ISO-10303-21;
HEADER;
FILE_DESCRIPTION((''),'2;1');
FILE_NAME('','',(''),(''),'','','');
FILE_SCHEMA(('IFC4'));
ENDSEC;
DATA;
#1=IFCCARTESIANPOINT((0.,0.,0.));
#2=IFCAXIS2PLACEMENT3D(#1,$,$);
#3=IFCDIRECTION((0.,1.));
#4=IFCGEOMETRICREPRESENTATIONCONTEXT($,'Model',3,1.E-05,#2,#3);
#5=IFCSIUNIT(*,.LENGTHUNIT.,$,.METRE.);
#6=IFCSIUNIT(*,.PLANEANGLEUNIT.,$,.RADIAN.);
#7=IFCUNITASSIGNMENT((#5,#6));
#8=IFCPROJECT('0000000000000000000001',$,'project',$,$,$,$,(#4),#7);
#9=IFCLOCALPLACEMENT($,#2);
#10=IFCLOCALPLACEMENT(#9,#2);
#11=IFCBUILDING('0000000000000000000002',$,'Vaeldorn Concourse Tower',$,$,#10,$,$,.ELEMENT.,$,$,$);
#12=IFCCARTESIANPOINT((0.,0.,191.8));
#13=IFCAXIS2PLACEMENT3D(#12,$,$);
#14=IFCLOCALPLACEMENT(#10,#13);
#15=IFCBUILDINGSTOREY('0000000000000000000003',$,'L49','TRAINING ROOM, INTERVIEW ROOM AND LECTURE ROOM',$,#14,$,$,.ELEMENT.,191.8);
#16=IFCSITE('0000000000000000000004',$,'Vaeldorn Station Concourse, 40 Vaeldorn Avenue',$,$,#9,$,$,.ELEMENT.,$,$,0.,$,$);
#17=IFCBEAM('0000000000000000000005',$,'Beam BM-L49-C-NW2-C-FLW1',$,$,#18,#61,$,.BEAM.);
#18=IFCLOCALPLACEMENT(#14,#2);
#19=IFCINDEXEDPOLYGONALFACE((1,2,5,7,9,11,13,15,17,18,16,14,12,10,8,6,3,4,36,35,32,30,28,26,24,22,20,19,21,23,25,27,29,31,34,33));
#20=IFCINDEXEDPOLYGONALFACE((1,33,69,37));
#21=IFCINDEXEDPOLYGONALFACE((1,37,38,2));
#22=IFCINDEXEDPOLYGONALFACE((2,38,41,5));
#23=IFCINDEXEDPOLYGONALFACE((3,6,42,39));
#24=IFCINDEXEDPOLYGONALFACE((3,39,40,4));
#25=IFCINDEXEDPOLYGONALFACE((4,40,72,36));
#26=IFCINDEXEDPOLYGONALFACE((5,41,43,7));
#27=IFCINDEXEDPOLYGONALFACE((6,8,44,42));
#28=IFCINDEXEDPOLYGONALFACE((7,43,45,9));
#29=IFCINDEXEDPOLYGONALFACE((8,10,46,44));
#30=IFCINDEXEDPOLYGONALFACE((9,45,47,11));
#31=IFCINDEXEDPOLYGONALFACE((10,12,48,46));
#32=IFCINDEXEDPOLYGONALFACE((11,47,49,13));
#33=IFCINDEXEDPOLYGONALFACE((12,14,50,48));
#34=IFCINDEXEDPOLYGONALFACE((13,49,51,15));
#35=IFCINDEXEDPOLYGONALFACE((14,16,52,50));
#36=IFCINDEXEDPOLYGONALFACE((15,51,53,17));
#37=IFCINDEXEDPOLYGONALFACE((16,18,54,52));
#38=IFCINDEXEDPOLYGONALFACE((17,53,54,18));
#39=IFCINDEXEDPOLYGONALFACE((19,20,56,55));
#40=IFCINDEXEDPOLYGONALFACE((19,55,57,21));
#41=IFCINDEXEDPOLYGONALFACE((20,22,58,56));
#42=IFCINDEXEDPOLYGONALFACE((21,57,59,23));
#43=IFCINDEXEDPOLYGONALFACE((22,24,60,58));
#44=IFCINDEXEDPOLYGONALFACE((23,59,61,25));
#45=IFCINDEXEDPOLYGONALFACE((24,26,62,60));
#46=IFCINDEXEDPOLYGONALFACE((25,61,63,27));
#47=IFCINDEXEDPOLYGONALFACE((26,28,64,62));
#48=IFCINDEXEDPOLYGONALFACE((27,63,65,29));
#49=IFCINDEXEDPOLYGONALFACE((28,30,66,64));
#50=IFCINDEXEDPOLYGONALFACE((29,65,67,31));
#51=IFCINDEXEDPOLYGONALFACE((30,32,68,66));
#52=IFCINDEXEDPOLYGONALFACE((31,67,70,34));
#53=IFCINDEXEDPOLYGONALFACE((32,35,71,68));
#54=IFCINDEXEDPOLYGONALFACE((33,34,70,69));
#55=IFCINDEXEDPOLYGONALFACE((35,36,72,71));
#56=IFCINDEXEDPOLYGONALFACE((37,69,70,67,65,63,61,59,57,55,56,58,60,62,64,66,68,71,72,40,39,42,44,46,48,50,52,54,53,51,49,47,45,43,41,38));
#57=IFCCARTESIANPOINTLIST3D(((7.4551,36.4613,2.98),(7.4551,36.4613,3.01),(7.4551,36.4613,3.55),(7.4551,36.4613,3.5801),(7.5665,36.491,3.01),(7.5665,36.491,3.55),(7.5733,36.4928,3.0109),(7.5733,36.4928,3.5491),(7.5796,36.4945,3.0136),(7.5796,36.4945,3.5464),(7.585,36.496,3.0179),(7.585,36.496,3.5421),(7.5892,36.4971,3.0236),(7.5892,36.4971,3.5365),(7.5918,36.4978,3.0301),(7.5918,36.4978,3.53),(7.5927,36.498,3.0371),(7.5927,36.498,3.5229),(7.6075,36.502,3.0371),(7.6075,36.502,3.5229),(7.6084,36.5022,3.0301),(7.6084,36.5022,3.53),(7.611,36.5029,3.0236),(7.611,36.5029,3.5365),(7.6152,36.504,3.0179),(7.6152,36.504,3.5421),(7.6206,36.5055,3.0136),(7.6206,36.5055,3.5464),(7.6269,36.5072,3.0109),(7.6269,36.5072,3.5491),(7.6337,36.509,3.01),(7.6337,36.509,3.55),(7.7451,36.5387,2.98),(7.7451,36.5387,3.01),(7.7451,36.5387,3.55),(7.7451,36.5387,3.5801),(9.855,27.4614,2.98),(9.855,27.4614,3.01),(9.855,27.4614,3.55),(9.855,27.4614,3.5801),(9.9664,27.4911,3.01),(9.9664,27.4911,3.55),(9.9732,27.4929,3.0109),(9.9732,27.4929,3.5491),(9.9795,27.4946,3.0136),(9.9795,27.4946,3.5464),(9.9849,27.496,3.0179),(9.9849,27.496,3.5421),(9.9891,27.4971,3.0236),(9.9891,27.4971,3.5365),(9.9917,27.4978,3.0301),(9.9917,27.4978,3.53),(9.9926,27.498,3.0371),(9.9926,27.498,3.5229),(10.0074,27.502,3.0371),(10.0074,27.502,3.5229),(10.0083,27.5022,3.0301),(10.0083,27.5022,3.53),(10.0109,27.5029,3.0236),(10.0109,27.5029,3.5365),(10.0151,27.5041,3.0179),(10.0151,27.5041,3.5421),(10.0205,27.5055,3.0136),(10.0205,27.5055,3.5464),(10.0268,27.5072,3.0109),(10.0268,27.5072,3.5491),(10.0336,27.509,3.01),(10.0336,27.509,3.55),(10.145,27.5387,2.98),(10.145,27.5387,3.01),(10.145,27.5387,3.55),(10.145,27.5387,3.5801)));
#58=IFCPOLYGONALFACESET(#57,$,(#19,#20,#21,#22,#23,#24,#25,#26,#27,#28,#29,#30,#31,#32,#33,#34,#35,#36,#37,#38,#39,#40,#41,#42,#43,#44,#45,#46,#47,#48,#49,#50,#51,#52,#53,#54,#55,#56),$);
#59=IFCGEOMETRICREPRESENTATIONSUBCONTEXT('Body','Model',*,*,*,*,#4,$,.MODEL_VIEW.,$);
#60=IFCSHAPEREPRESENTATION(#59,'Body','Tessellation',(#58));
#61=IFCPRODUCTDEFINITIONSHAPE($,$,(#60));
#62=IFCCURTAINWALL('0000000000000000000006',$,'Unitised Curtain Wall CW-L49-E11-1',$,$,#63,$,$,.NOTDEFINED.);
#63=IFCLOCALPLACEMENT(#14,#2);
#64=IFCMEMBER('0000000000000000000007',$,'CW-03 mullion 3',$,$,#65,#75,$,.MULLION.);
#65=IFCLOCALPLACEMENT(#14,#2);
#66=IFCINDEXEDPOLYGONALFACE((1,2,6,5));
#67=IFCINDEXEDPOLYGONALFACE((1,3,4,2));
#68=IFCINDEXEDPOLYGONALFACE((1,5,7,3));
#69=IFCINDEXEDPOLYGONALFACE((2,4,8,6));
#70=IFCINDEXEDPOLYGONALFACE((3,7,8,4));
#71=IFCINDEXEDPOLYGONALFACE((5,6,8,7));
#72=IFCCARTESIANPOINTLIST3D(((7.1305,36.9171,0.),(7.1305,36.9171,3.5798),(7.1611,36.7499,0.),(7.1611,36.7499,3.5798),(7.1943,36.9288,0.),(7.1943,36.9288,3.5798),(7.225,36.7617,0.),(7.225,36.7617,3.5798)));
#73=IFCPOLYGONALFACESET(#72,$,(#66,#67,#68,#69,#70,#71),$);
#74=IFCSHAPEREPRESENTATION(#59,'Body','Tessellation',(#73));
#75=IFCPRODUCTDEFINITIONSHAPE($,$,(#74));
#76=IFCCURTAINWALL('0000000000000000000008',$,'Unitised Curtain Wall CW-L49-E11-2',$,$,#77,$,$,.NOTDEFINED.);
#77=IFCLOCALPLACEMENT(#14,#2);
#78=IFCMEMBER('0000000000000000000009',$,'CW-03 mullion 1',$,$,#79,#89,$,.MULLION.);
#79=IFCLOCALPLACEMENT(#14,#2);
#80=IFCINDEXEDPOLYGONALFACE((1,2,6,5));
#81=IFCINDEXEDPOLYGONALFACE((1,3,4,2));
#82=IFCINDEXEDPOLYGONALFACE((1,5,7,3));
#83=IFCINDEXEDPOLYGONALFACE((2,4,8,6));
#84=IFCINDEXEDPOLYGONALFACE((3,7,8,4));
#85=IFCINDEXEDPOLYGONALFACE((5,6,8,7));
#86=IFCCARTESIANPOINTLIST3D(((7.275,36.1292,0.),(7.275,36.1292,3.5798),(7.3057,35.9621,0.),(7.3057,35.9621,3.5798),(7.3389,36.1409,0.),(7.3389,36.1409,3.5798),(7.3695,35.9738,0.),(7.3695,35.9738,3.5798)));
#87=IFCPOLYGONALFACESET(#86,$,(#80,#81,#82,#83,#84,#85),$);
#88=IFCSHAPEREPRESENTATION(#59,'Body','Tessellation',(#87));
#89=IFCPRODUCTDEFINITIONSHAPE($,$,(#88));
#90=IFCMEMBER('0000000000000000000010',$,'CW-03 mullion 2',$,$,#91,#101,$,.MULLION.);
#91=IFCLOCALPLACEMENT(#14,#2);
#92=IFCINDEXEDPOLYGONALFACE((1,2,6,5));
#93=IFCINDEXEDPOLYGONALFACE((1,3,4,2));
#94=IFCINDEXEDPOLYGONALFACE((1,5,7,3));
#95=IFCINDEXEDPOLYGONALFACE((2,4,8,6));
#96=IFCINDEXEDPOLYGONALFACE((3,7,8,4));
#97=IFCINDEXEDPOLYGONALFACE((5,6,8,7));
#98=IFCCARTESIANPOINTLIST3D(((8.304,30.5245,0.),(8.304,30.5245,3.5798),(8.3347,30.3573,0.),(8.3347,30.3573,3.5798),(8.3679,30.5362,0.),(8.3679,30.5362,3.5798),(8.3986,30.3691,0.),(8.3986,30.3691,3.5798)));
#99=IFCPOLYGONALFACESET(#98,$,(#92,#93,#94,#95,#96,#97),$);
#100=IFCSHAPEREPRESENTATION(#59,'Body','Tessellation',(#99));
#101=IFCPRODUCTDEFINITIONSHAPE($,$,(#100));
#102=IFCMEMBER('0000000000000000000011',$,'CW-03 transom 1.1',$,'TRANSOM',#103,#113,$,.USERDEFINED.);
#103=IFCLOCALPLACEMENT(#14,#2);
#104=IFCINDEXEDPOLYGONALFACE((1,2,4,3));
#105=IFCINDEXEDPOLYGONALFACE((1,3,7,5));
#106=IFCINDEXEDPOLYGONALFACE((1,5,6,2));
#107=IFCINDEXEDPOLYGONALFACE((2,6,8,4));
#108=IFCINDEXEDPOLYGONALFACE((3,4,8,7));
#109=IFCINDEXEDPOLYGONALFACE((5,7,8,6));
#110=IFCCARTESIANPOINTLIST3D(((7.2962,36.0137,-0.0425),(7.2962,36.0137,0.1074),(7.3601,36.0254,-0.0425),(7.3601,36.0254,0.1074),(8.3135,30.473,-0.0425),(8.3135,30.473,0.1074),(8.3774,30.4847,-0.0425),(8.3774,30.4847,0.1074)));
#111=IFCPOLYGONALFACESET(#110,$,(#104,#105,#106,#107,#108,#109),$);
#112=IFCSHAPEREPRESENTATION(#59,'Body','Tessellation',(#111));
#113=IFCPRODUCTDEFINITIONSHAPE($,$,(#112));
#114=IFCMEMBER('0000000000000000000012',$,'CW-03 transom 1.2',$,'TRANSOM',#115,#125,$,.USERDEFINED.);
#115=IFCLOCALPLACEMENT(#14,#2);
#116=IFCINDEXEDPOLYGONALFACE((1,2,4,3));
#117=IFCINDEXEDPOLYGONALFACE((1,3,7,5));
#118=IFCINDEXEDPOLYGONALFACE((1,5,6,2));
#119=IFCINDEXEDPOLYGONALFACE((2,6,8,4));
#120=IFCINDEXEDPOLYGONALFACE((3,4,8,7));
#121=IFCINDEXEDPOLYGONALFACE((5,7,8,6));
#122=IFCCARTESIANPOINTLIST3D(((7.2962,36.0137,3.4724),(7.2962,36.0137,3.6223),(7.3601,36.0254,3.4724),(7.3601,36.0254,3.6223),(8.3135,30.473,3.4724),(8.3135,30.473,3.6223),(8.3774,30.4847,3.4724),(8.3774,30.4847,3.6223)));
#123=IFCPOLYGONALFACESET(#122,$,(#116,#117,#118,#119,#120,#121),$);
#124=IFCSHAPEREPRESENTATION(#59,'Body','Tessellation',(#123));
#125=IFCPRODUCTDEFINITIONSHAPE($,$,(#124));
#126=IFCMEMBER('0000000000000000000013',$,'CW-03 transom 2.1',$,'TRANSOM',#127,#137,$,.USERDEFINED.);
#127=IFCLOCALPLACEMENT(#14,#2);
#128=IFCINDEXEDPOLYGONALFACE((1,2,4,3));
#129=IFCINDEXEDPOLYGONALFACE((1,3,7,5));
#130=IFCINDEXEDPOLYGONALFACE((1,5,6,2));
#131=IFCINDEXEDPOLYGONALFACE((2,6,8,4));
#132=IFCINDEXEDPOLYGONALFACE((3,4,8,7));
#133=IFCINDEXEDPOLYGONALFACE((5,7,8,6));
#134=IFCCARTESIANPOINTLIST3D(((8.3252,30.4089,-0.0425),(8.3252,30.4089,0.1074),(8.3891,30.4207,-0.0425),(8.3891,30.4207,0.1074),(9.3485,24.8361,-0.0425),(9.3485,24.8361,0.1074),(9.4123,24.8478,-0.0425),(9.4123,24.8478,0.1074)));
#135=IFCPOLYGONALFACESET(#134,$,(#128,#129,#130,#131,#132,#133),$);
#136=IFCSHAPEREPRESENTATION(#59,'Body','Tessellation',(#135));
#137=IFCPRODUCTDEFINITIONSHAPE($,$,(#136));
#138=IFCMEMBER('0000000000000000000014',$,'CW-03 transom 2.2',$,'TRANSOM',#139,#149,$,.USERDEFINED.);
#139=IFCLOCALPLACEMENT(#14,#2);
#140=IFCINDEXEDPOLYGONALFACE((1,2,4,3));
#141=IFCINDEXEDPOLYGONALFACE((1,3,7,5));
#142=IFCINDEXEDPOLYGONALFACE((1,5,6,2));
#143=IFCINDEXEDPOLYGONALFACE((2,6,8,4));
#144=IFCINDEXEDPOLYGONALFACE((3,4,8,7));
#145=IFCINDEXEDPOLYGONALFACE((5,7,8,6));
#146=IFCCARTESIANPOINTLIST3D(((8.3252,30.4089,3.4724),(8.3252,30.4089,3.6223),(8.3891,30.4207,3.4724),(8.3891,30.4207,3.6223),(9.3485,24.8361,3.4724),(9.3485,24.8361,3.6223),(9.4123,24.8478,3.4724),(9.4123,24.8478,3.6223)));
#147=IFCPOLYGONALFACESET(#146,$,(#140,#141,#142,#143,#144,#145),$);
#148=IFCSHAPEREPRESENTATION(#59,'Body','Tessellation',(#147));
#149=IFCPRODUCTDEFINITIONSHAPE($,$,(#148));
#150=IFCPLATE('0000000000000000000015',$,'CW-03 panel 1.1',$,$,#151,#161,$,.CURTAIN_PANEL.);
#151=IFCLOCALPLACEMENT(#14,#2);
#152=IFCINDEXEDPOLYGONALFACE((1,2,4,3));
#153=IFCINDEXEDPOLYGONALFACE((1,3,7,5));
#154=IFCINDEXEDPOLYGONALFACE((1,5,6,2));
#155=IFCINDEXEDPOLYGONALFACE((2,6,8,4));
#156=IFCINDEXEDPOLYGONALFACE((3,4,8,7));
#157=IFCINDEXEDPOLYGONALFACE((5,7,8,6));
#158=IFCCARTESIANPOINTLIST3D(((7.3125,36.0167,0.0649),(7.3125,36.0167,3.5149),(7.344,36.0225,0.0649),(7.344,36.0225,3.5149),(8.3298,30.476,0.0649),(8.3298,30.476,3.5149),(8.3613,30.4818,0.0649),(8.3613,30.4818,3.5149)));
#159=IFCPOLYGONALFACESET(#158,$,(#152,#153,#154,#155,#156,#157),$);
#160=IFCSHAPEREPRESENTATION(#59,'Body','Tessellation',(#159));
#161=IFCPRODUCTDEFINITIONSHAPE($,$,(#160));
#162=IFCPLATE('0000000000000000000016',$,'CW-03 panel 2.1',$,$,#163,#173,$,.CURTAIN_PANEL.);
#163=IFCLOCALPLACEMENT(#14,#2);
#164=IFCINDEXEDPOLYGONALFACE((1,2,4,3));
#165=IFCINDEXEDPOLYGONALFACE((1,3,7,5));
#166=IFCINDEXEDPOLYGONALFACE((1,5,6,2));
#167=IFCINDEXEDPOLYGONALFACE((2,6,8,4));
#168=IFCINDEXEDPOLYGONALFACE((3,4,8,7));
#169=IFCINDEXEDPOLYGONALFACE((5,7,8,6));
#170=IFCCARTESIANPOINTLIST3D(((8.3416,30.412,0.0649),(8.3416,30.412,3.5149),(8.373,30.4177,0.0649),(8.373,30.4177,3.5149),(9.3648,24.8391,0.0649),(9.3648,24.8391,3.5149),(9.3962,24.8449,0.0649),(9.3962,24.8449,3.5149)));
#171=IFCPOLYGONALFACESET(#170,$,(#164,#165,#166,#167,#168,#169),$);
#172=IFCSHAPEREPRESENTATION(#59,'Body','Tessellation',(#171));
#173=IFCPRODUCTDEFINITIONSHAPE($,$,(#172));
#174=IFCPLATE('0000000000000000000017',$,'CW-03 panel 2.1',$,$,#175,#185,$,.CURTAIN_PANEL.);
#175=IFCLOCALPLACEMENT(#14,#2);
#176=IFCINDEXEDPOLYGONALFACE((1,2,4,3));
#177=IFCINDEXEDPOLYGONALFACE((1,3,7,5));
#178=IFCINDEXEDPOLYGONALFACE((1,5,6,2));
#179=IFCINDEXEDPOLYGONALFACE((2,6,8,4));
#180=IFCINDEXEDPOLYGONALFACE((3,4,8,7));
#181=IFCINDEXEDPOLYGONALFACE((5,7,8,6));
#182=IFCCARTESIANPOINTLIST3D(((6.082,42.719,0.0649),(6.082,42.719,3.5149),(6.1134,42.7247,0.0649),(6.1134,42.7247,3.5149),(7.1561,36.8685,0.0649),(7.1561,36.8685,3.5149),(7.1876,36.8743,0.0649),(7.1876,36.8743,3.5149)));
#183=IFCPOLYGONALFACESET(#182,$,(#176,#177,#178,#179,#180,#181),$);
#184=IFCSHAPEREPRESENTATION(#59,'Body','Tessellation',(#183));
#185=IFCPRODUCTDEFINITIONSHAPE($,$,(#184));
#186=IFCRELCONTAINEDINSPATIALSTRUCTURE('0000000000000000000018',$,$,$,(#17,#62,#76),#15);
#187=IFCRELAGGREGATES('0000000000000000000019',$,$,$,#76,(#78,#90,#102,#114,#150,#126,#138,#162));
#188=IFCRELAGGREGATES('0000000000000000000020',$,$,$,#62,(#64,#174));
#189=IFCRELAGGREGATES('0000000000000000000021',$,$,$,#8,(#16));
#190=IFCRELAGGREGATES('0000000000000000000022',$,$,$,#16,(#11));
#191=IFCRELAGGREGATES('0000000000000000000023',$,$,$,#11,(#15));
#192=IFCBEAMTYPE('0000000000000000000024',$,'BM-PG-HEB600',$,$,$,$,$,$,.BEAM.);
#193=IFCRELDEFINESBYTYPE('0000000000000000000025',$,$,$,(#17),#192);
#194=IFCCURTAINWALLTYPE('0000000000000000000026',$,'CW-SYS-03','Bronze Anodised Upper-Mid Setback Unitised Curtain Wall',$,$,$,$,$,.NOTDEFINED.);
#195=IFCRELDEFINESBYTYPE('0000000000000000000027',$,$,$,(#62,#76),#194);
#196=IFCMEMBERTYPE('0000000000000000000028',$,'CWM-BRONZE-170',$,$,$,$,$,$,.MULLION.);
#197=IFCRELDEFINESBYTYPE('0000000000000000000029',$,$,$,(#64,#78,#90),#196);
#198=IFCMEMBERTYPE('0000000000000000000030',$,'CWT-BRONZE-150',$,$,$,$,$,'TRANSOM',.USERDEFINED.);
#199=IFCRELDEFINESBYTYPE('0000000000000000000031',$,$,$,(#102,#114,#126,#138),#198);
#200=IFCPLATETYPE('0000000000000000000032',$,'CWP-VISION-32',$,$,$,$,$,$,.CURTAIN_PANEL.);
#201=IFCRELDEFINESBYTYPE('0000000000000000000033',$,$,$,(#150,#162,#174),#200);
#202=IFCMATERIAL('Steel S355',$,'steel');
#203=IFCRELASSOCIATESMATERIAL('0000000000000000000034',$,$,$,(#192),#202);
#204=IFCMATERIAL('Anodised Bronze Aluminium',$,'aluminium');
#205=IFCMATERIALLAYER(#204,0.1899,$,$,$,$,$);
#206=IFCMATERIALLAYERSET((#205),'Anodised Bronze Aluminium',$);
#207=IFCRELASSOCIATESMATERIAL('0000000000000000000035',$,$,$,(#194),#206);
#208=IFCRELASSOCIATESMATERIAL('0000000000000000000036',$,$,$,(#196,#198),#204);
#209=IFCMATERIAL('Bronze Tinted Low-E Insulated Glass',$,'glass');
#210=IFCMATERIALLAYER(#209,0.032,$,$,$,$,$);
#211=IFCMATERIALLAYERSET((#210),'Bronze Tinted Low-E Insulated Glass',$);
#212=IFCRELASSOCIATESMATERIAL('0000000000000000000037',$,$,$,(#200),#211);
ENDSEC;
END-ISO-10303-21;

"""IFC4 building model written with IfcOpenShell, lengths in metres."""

from ifc_helpers import new_model, si_unit, direction, frame, origin, origin_2d, place, context, subcontext, project, spatial, rectangle, i_section, extrude, source, transform, mapped, material, layer, layer_set, material_profile, profile_set, type_object, element, aggregate, save


model = new_model("IFC4")

# Units and contexts
model_context = context("Model", 3, precision=1e-05, world=origin(), true_north=direction((0.0, 1.0)))
body_context = subcontext(model_context, "Body", "Model", "MODEL_VIEW")
ifc_project = project(units=[si_unit("LENGTHUNIT", "METRE"), si_unit("PLANEANGLEUNIT", "RADIAN")], contexts=[model_context])

# Site, building, storey
site_placement = place(None, origin())
site = spatial("IfcSite", under=ifc_project, at=site_placement, Name="Vaeldorn Station Concourse, 40 Vaeldorn Avenue", CompositionType="ELEMENT", RefElevation=0.0)
building_placement = place(site_placement, origin())
building = spatial("IfcBuilding", under=site, at=building_placement, Name="Vaeldorn Concourse Tower", CompositionType="ELEMENT")
storey_placement = place(building_placement, frame((0.0, 0.0, 191.8)))
storey = spatial("IfcBuildingStorey", under=building, at=storey_placement, Name="L49", Description="TRAINING ROOM, INTERVIEW ROOM AND LECTURE ROOM", CompositionType="ELEMENT", Elevation=191.8)

# Beam
ifc_material_1 = material(Name="Steel S355", Category="steel")
ifc_material_profile_1 = material_profile(ifc_material_1, i_section(OverallWidth=0.3, OverallDepth=0.6001, WebThickness=0.0154, FlangeThickness=0.03, FilletRadius=0.0271, at=origin_2d()), Name="HEB 600")
ifc_profile_set_1 = profile_set([ifc_material_profile_1], Name="Steel S355")
beam_type_1 = type_object("IfcBeamType", Name="BM-PG-HEB600", PredefinedType="BEAM", material=ifc_profile_set_1)
shared_shape_1 = source(origin(), body_context, "Body", "SweptSolid", [
    extrude(i_section(OverallWidth=0.3, OverallDepth=0.6001, WebThickness=0.0154, FlangeThickness=0.03, FilletRadius=0.0271, at=origin_2d()), origin(), (0.0, 0.0, 1.0), 9.3145),
])
beam_1_placement = place(storey_placement, frame((7.6001, 36.5, 3.28), z_axis=(0.257653, -0.966238, 0.0), x_axis=(0.966238, 0.257653, 0.0)))
element("IfcBeam", 1, at=beam_1_placement, inside=storey, type_object=beam_type_1, Name="Beam BM-L49-C-NW2-C-FLW1", PredefinedType="BEAM", context=body_context, shape_type="MappedRepresentation", body=[
    mapped(shared_shape_1, transform((0.0, 0.0, 0.0), scale=1.0)),
])

# Curtain wall, member
ifc_material_2 = material(Name="Anodised Bronze Aluminium", Category="aluminium")
ifc_layer_1 = layer(ifc_material_2, 0.1899)
ifc_layer_set_1 = layer_set([ifc_layer_1], Name="Anodised Bronze Aluminium")
curtain_wall_type = type_object("IfcCurtainWallType", Name="CW-SYS-03", Description="Bronze Anodised Upper-Mid Setback Unitised Curtain Wall", PredefinedType="NOTDEFINED", material=ifc_layer_set_1)
curtain_wall_1_placement = place(storey_placement, origin())
curtain_wall_1 = element("IfcCurtainWall", 2, at=curtain_wall_1_placement, inside=storey, type_object=curtain_wall_type, Name="Unitised Curtain Wall CW-L49-E11-1", PredefinedType="NOTDEFINED")
ifc_material_profile_2 = material_profile(ifc_material_2, rectangle(XDim=0.0649, YDim=0.1699, at=origin_2d()), Name="CWM 65x170")
ifc_profile_set_2 = profile_set([ifc_material_profile_2], Name="Anodised Bronze Aluminium")
member_type_1 = type_object("IfcMemberType", Name="CWM-BRONZE-170", PredefinedType="MULLION", material=ifc_profile_set_2)
shared_shape_2 = source(origin(), body_context, "Body", "SweptSolid", [
    extrude(rectangle(XDim=0.0649, YDim=0.1699, at=origin_2d()), origin(), (0.0, 0.0, 1.0), 3.5798),
])
member_1_placement = place(storey_placement, frame((7.1777, 36.8394, 0.0), z_axis=(0.0, 0.0, 1.0), x_axis=(0.983559, 0.180585, 0.0)))
member_1 = element("IfcMember", 3, at=member_1_placement, type_object=member_type_1, Name="CW-03 mullion 3", PredefinedType="MULLION", context=body_context, shape_type="MappedRepresentation", body=[
    mapped(shared_shape_2, transform((0.0, 0.0, 0.0), scale=1.0)),
])

# Curtain wall, members, plates
curtain_wall_2_placement = place(storey_placement, origin())
curtain_wall_2 = element("IfcCurtainWall", 4, at=curtain_wall_2_placement, inside=storey, type_object=curtain_wall_type, Name="Unitised Curtain Wall CW-L49-E11-2", PredefinedType="NOTDEFINED")
member_2_placement = place(storey_placement, frame((7.3223, 36.0515, 0.0), z_axis=(0.0, 0.0, 1.0), x_axis=(0.983559, 0.180585, 0.0)))
member_2 = element("IfcMember", 5, at=member_2_placement, type_object=member_type_1, Name="CW-03 mullion 1", PredefinedType="MULLION", context=body_context, shape_type="MappedRepresentation", body=[
    mapped(shared_shape_2, transform((0.0, 0.0, 0.0), scale=1.0)),
])
member_3_placement = place(storey_placement, frame((8.3513, 30.4468, 0.0), z_axis=(0.0, 0.0, 1.0), x_axis=(0.983559, 0.180585, 0.0)))
member_3 = element("IfcMember", 6, at=member_3_placement, type_object=member_type_1, Name="CW-03 mullion 2", PredefinedType="MULLION", context=body_context, shape_type="MappedRepresentation", body=[
    mapped(shared_shape_2, transform((0.0, 0.0, 0.0), scale=1.0)),
])
ifc_material_profile_3 = material_profile(ifc_material_2, rectangle(XDim=0.0649, YDim=0.1499, at=origin_2d()), Name="CWT 65x150")
ifc_profile_set_3 = profile_set([ifc_material_profile_3], Name="Anodised Bronze Aluminium")
member_type_2 = type_object("IfcMemberType", Name="CWT-BRONZE-150", ElementType="TRANSOM", PredefinedType="USERDEFINED", material=ifc_profile_set_3)
shared_shape_3 = source(origin(), body_context, "Body", "SweptSolid", [
    extrude(rectangle(XDim=0.0649, YDim=0.1499, at=origin_2d()), origin(), (0.0, 0.0, 1.0), 5.6333),
])
member_4_placement = place(storey_placement, frame((7.3281, 36.0195, 0.0325), z_axis=(0.18059, -0.983558, 0.0), x_axis=(0.983558, 0.18059, 0.0)))
member_4 = element("IfcMember", 7, at=member_4_placement, type_object=member_type_2, Name="CW-03 transom 1.1", ObjectType="TRANSOM", PredefinedType="USERDEFINED", context=body_context, shape_type="MappedRepresentation", body=[
    mapped(shared_shape_3, transform((0.0, 0.0, 0.0), scale=1.0)),
])
member_5_placement = place(storey_placement, frame((7.3281, 36.0195, 3.5474), z_axis=(0.18059, -0.983558, 0.0), x_axis=(0.983558, 0.18059, 0.0)))
member_5 = element("IfcMember", 8, at=member_5_placement, type_object=member_type_2, Name="CW-03 transom 1.2", ObjectType="TRANSOM", PredefinedType="USERDEFINED", context=body_context, shape_type="MappedRepresentation", body=[
    mapped(shared_shape_3, transform((0.0, 0.0, 0.0), scale=1.0)),
])
shared_shape_4 = source(origin(), body_context, "Body", "SweptSolid", [
    extrude(rectangle(XDim=0.0649, YDim=0.1499, at=origin_2d()), origin(), (0.0, 0.0, 1.0), 5.666),
])
member_6_placement = place(storey_placement, frame((8.3572, 30.4148, 0.0325), z_axis=(0.180588, -0.983559, 0.0), x_axis=(0.983559, 0.180588, 0.0)))
member_6 = element("IfcMember", 9, at=member_6_placement, type_object=member_type_2, Name="CW-03 transom 2.1", ObjectType="TRANSOM", PredefinedType="USERDEFINED", context=body_context, shape_type="MappedRepresentation", body=[
    mapped(shared_shape_4, transform((0.0, 0.0, 0.0), scale=1.0)),
])
member_7_placement = place(storey_placement, frame((8.3572, 30.4148, 3.5474), z_axis=(0.180588, -0.983559, 0.0), x_axis=(0.983559, 0.180588, 0.0)))
member_7 = element("IfcMember", 10, at=member_7_placement, type_object=member_type_2, Name="CW-03 transom 2.2", ObjectType="TRANSOM", PredefinedType="USERDEFINED", context=body_context, shape_type="MappedRepresentation", body=[
    mapped(shared_shape_4, transform((0.0, 0.0, 0.0), scale=1.0)),
])
ifc_material_3 = material(Name="Bronze Tinted Low-E Insulated Glass", Category="glass")
ifc_layer_2 = layer(ifc_material_3, 0.032)
ifc_layer_set_2 = layer_set([ifc_layer_2], Name="Bronze Tinted Low-E Insulated Glass")
plate_type = type_object("IfcPlateType", Name="CWP-VISION-32", PredefinedType="CURTAIN_PANEL", material=ifc_layer_set_2)
shared_shape_5 = source(origin(), body_context, "Body", "SweptSolid", [
    extrude(rectangle(XDim=5.6333, YDim=0.032, at=origin_2d()), origin(), (0.0, 0.0, 1.0), 3.45),
])
plate_1_placement = place(storey_placement, frame((7.8369, 33.2493, 0.0649), z_axis=(0.0, 0.0, 1.0), x_axis=(0.180585, -0.983559, 0.0)))
plate_1 = element("IfcPlate", 11, at=plate_1_placement, type_object=plate_type, Name="CW-03 panel 1.1", PredefinedType="CURTAIN_PANEL", context=body_context, shape_type="MappedRepresentation", body=[
    mapped(shared_shape_5, transform((0.0, 0.0, 0.0), scale=1.0)),
])
shared_shape_6 = source(origin(), body_context, "Body", "SweptSolid", [
    extrude(rectangle(XDim=5.666, YDim=0.032, at=origin_2d()), origin(), (0.0, 0.0, 1.0), 3.45),
])
plate_2_placement = place(storey_placement, frame((8.8689, 27.6284, 0.0649), z_axis=(0.0, 0.0, 1.0), x_axis=(0.180585, -0.983559, 0.0)))
plate_2 = element("IfcPlate", 12, at=plate_2_placement, type_object=plate_type, Name="CW-03 panel 2.1", PredefinedType="CURTAIN_PANEL", context=body_context, shape_type="MappedRepresentation", body=[
    mapped(shared_shape_6, transform((0.0, 0.0, 0.0), scale=1.0)),
])
aggregate(curtain_wall_2, [member_2, member_3, member_4, member_5, plate_1, member_6, member_7, plate_2])

# Plate
shared_shape_7 = source(origin(), body_context, "Body", "SweptSolid", [
    extrude(rectangle(XDim=5.9482, YDim=0.032, at=origin_2d()), origin(), (0.0, 0.0, 1.0), 3.45),
])
plate_3_placement = place(storey_placement, frame((6.6348, 39.7966, 0.0649), z_axis=(0.0, 0.0, 1.0), x_axis=(0.180585, -0.983559, 0.0)))
plate_3 = element("IfcPlate", 13, at=plate_3_placement, type_object=plate_type, Name="CW-03 panel 2.1", PredefinedType="CURTAIN_PANEL", context=body_context, shape_type="MappedRepresentation", body=[
    mapped(shared_shape_7, transform((0.0, 0.0, 0.0), scale=1.0)),
])
aggregate(curtain_wall_1, [member_1, plate_3])

save(model, "model.ifc")
